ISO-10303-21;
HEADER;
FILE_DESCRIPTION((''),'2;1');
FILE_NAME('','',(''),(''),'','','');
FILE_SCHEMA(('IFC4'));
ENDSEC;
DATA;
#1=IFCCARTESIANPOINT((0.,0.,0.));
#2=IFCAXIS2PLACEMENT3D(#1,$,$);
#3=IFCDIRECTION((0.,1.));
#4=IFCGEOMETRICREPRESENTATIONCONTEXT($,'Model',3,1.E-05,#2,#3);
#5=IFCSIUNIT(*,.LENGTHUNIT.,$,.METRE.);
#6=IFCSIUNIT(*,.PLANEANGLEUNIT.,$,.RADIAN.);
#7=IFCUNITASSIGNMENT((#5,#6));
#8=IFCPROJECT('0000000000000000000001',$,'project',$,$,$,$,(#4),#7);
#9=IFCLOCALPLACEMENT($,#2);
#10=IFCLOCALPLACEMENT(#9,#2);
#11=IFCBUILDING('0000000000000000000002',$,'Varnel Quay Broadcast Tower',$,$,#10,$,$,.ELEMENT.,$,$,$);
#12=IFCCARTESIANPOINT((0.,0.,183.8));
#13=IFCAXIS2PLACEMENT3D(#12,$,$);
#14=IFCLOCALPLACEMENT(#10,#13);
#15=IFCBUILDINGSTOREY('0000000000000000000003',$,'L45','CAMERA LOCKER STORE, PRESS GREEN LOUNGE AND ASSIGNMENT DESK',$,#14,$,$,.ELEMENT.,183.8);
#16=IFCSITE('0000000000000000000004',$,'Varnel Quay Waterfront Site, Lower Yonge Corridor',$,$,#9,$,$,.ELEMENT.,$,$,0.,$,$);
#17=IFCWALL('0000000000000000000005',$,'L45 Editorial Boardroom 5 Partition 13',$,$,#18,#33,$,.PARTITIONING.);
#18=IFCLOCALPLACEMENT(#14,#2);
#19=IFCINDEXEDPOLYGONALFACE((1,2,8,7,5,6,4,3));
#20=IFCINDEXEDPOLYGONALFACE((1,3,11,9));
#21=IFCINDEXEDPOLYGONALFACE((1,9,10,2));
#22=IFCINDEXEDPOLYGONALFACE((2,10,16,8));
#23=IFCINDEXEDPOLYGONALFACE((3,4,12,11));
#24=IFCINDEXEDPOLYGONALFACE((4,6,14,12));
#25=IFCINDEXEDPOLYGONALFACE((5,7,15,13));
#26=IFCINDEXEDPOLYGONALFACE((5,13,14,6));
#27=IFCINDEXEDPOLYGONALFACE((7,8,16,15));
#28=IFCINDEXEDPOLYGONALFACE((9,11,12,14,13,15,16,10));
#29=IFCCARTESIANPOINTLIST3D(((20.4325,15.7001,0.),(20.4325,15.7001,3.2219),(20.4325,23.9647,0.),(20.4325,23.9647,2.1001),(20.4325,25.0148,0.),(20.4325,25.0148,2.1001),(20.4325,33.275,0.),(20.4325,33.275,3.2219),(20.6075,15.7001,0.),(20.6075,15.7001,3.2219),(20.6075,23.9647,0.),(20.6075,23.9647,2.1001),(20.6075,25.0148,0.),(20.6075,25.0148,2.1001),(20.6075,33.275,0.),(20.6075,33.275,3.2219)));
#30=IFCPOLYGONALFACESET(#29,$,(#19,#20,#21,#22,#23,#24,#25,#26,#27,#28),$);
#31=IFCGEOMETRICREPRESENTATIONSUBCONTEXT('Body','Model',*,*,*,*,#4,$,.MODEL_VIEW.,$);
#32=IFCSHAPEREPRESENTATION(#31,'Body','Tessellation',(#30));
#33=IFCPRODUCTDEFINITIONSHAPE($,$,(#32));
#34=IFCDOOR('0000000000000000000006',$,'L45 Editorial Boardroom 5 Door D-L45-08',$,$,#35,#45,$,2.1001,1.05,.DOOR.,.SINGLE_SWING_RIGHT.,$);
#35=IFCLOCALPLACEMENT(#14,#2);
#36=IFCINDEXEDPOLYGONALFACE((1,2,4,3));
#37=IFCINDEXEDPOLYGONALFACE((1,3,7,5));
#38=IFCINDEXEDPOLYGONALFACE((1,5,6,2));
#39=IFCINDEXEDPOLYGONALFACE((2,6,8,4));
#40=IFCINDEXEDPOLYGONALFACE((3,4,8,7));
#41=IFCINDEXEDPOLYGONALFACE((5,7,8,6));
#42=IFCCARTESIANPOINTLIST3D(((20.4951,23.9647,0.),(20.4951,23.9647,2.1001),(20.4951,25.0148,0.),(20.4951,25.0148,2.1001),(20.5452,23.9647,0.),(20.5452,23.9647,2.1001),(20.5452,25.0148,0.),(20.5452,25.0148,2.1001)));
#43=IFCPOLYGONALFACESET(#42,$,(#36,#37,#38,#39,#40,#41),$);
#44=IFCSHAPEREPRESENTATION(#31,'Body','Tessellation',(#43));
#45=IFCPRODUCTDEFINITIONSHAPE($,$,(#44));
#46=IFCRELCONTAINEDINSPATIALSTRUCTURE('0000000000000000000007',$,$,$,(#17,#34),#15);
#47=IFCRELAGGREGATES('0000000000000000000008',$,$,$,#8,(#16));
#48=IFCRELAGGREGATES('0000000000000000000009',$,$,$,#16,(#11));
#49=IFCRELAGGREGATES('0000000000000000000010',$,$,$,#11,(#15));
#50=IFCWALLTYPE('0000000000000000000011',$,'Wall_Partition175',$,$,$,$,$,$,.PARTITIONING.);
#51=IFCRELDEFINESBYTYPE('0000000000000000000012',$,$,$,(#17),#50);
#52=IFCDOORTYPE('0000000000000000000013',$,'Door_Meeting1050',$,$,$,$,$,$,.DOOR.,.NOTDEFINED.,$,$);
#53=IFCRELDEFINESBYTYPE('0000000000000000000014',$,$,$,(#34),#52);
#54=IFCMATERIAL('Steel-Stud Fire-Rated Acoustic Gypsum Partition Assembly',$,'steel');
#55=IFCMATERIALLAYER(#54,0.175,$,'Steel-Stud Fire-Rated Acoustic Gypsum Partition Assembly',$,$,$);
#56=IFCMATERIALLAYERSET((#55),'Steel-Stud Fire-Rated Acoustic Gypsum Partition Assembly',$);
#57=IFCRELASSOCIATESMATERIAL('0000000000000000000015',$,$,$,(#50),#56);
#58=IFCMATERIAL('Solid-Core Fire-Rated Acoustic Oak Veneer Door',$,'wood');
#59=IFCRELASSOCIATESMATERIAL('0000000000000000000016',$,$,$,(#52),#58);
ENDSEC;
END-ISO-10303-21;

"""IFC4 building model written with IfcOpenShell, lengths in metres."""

from ifc_helpers import new_model, si_unit, direction, frame, frame_2d, origin, place, context, subcontext, project, spatial, rectangle, extrude, source, transform, mapped, material, layer, layer_set, type_object, type_shapes, element, fill, save


model = new_model("IFC4")

# Units and contexts
model_context = context("Model", 3, precision=1e-05, world=origin(), true_north=direction((0.0, 1.0)))
body_context = subcontext(model_context, "Body", "Model", "MODEL_VIEW")
ifc_project = project(units=[si_unit("LENGTHUNIT", "METRE"), si_unit("PLANEANGLEUNIT", "RADIAN")], contexts=[model_context])

# Site, building, storey
site_placement = place(None, origin())
site = spatial("IfcSite", under=ifc_project, at=site_placement, Name="Varnel Quay Waterfront Site, Lower Yonge Corridor", CompositionType="ELEMENT", RefElevation=0.0)
building_placement = place(site_placement, origin())
building = spatial("IfcBuilding", under=site, at=building_placement, Name="Varnel Quay Broadcast Tower", CompositionType="ELEMENT")
storey_placement = place(building_placement, frame((0.0, 0.0, 183.8)))
storey = spatial("IfcBuildingStorey", under=building, at=storey_placement, Name="L45", Description="CAMERA LOCKER STORE, PRESS GREEN LOUNGE AND ASSIGNMENT DESK", CompositionType="ELEMENT", Elevation=183.8)

# Shared definitions
ifc_material_1 = material(Name="Steel-Stud Fire-Rated Acoustic Gypsum Partition Assembly", Category="steel")
ifc_material_2 = material(Name="Solid-Core Fire-Rated Acoustic Oak Veneer Door", Category="wood")

# Wall, opening, door
ifc_layer_1 = layer(ifc_material_1, 0.175, Name="Steel-Stud Fire-Rated Acoustic Gypsum Partition Assembly")
ifc_layer_set_1 = layer_set([ifc_layer_1], Name="Steel-Stud Fire-Rated Acoustic Gypsum Partition Assembly")
wall_type_1 = type_object("IfcWallType", Name="Wall_Partition175", PredefinedType="PARTITIONING", material=ifc_layer_set_1)
wall_1_placement = place(storey_placement, frame((20.52, 15.7, 0.0), z_axis=(0.0, 0.0, 1.0), x_axis=(0.0, 1.0, 0.0)))
wall_1 = element("IfcWall", 1, at=wall_1_placement, inside=storey, type_object=wall_type_1, Name="L45 Editorial Boardroom 5 Partition 13", PredefinedType="PARTITIONING", context=body_context, shape_type="SweptSolid", body=[
    extrude(rectangle(XDim=17.575, YDim=0.175, at=frame_2d((8.7876, 0.0))), origin(), (0.0, 0.0, 1.0), 3.2219),
])
opening_1_placement = place(wall_1_placement, frame((8.2649, 0.0, 0.0)))
opening_1 = element("IfcOpeningElement", 2, at=opening_1_placement, cuts=wall_1, PredefinedType="OPENING", context=body_context, shape_type="SweptSolid", body=[
    extrude(rectangle(XDim=1.05, YDim=2.1001, at=frame_2d((0.5249, 1.05))), frame((0.0, 0.0977, 0.0), z_axis=(0.0, -1.0, 0.0), x_axis=(1.0, 0.0, 0.0)), (0.0, 0.0, 1.0), 0.1951),
])
door_type_1 = type_object("IfcDoorType", Name="Door_Meeting1050", OperationType="NOTDEFINED", PredefinedType="DOOR", material=ifc_material_2)
shared_shape_1 = source(origin(), body_context, "Body", "SweptSolid", [
    extrude(rectangle(XDim=1.05, YDim=2.1001, at=frame_2d((0.5249, 1.05))), frame((0.0, 0.0249, 0.0), z_axis=(0.0, -1.0, 0.0), x_axis=(1.0, 0.0, 0.0)), (0.0, 0.0, 1.0), 0.05),
])
type_shapes(door_type_1, [shared_shape_1])
door_1_placement = place(opening_1_placement, origin())
door_1 = element("IfcDoor", 3, at=door_1_placement, inside=storey, type_object=door_type_1, Name="L45 Editorial Boardroom 5 Door D-L45-08", OperationType="SINGLE_SWING_RIGHT", OverallHeight=2.1001, OverallWidth=1.05, PredefinedType="DOOR", context=body_context, shape_type="MappedRepresentation", body=[
    mapped(shared_shape_1, transform((0.0, 0.0, 0.0), x_axis=(1.0, 0.0, 0.0), y_axis=(0.0, 1.0, 0.0), z_axis=(0.0, 0.0, 1.0), scale=1.0)),
])
fill(opening_1, door_1)

save(model, "model.ifc")
